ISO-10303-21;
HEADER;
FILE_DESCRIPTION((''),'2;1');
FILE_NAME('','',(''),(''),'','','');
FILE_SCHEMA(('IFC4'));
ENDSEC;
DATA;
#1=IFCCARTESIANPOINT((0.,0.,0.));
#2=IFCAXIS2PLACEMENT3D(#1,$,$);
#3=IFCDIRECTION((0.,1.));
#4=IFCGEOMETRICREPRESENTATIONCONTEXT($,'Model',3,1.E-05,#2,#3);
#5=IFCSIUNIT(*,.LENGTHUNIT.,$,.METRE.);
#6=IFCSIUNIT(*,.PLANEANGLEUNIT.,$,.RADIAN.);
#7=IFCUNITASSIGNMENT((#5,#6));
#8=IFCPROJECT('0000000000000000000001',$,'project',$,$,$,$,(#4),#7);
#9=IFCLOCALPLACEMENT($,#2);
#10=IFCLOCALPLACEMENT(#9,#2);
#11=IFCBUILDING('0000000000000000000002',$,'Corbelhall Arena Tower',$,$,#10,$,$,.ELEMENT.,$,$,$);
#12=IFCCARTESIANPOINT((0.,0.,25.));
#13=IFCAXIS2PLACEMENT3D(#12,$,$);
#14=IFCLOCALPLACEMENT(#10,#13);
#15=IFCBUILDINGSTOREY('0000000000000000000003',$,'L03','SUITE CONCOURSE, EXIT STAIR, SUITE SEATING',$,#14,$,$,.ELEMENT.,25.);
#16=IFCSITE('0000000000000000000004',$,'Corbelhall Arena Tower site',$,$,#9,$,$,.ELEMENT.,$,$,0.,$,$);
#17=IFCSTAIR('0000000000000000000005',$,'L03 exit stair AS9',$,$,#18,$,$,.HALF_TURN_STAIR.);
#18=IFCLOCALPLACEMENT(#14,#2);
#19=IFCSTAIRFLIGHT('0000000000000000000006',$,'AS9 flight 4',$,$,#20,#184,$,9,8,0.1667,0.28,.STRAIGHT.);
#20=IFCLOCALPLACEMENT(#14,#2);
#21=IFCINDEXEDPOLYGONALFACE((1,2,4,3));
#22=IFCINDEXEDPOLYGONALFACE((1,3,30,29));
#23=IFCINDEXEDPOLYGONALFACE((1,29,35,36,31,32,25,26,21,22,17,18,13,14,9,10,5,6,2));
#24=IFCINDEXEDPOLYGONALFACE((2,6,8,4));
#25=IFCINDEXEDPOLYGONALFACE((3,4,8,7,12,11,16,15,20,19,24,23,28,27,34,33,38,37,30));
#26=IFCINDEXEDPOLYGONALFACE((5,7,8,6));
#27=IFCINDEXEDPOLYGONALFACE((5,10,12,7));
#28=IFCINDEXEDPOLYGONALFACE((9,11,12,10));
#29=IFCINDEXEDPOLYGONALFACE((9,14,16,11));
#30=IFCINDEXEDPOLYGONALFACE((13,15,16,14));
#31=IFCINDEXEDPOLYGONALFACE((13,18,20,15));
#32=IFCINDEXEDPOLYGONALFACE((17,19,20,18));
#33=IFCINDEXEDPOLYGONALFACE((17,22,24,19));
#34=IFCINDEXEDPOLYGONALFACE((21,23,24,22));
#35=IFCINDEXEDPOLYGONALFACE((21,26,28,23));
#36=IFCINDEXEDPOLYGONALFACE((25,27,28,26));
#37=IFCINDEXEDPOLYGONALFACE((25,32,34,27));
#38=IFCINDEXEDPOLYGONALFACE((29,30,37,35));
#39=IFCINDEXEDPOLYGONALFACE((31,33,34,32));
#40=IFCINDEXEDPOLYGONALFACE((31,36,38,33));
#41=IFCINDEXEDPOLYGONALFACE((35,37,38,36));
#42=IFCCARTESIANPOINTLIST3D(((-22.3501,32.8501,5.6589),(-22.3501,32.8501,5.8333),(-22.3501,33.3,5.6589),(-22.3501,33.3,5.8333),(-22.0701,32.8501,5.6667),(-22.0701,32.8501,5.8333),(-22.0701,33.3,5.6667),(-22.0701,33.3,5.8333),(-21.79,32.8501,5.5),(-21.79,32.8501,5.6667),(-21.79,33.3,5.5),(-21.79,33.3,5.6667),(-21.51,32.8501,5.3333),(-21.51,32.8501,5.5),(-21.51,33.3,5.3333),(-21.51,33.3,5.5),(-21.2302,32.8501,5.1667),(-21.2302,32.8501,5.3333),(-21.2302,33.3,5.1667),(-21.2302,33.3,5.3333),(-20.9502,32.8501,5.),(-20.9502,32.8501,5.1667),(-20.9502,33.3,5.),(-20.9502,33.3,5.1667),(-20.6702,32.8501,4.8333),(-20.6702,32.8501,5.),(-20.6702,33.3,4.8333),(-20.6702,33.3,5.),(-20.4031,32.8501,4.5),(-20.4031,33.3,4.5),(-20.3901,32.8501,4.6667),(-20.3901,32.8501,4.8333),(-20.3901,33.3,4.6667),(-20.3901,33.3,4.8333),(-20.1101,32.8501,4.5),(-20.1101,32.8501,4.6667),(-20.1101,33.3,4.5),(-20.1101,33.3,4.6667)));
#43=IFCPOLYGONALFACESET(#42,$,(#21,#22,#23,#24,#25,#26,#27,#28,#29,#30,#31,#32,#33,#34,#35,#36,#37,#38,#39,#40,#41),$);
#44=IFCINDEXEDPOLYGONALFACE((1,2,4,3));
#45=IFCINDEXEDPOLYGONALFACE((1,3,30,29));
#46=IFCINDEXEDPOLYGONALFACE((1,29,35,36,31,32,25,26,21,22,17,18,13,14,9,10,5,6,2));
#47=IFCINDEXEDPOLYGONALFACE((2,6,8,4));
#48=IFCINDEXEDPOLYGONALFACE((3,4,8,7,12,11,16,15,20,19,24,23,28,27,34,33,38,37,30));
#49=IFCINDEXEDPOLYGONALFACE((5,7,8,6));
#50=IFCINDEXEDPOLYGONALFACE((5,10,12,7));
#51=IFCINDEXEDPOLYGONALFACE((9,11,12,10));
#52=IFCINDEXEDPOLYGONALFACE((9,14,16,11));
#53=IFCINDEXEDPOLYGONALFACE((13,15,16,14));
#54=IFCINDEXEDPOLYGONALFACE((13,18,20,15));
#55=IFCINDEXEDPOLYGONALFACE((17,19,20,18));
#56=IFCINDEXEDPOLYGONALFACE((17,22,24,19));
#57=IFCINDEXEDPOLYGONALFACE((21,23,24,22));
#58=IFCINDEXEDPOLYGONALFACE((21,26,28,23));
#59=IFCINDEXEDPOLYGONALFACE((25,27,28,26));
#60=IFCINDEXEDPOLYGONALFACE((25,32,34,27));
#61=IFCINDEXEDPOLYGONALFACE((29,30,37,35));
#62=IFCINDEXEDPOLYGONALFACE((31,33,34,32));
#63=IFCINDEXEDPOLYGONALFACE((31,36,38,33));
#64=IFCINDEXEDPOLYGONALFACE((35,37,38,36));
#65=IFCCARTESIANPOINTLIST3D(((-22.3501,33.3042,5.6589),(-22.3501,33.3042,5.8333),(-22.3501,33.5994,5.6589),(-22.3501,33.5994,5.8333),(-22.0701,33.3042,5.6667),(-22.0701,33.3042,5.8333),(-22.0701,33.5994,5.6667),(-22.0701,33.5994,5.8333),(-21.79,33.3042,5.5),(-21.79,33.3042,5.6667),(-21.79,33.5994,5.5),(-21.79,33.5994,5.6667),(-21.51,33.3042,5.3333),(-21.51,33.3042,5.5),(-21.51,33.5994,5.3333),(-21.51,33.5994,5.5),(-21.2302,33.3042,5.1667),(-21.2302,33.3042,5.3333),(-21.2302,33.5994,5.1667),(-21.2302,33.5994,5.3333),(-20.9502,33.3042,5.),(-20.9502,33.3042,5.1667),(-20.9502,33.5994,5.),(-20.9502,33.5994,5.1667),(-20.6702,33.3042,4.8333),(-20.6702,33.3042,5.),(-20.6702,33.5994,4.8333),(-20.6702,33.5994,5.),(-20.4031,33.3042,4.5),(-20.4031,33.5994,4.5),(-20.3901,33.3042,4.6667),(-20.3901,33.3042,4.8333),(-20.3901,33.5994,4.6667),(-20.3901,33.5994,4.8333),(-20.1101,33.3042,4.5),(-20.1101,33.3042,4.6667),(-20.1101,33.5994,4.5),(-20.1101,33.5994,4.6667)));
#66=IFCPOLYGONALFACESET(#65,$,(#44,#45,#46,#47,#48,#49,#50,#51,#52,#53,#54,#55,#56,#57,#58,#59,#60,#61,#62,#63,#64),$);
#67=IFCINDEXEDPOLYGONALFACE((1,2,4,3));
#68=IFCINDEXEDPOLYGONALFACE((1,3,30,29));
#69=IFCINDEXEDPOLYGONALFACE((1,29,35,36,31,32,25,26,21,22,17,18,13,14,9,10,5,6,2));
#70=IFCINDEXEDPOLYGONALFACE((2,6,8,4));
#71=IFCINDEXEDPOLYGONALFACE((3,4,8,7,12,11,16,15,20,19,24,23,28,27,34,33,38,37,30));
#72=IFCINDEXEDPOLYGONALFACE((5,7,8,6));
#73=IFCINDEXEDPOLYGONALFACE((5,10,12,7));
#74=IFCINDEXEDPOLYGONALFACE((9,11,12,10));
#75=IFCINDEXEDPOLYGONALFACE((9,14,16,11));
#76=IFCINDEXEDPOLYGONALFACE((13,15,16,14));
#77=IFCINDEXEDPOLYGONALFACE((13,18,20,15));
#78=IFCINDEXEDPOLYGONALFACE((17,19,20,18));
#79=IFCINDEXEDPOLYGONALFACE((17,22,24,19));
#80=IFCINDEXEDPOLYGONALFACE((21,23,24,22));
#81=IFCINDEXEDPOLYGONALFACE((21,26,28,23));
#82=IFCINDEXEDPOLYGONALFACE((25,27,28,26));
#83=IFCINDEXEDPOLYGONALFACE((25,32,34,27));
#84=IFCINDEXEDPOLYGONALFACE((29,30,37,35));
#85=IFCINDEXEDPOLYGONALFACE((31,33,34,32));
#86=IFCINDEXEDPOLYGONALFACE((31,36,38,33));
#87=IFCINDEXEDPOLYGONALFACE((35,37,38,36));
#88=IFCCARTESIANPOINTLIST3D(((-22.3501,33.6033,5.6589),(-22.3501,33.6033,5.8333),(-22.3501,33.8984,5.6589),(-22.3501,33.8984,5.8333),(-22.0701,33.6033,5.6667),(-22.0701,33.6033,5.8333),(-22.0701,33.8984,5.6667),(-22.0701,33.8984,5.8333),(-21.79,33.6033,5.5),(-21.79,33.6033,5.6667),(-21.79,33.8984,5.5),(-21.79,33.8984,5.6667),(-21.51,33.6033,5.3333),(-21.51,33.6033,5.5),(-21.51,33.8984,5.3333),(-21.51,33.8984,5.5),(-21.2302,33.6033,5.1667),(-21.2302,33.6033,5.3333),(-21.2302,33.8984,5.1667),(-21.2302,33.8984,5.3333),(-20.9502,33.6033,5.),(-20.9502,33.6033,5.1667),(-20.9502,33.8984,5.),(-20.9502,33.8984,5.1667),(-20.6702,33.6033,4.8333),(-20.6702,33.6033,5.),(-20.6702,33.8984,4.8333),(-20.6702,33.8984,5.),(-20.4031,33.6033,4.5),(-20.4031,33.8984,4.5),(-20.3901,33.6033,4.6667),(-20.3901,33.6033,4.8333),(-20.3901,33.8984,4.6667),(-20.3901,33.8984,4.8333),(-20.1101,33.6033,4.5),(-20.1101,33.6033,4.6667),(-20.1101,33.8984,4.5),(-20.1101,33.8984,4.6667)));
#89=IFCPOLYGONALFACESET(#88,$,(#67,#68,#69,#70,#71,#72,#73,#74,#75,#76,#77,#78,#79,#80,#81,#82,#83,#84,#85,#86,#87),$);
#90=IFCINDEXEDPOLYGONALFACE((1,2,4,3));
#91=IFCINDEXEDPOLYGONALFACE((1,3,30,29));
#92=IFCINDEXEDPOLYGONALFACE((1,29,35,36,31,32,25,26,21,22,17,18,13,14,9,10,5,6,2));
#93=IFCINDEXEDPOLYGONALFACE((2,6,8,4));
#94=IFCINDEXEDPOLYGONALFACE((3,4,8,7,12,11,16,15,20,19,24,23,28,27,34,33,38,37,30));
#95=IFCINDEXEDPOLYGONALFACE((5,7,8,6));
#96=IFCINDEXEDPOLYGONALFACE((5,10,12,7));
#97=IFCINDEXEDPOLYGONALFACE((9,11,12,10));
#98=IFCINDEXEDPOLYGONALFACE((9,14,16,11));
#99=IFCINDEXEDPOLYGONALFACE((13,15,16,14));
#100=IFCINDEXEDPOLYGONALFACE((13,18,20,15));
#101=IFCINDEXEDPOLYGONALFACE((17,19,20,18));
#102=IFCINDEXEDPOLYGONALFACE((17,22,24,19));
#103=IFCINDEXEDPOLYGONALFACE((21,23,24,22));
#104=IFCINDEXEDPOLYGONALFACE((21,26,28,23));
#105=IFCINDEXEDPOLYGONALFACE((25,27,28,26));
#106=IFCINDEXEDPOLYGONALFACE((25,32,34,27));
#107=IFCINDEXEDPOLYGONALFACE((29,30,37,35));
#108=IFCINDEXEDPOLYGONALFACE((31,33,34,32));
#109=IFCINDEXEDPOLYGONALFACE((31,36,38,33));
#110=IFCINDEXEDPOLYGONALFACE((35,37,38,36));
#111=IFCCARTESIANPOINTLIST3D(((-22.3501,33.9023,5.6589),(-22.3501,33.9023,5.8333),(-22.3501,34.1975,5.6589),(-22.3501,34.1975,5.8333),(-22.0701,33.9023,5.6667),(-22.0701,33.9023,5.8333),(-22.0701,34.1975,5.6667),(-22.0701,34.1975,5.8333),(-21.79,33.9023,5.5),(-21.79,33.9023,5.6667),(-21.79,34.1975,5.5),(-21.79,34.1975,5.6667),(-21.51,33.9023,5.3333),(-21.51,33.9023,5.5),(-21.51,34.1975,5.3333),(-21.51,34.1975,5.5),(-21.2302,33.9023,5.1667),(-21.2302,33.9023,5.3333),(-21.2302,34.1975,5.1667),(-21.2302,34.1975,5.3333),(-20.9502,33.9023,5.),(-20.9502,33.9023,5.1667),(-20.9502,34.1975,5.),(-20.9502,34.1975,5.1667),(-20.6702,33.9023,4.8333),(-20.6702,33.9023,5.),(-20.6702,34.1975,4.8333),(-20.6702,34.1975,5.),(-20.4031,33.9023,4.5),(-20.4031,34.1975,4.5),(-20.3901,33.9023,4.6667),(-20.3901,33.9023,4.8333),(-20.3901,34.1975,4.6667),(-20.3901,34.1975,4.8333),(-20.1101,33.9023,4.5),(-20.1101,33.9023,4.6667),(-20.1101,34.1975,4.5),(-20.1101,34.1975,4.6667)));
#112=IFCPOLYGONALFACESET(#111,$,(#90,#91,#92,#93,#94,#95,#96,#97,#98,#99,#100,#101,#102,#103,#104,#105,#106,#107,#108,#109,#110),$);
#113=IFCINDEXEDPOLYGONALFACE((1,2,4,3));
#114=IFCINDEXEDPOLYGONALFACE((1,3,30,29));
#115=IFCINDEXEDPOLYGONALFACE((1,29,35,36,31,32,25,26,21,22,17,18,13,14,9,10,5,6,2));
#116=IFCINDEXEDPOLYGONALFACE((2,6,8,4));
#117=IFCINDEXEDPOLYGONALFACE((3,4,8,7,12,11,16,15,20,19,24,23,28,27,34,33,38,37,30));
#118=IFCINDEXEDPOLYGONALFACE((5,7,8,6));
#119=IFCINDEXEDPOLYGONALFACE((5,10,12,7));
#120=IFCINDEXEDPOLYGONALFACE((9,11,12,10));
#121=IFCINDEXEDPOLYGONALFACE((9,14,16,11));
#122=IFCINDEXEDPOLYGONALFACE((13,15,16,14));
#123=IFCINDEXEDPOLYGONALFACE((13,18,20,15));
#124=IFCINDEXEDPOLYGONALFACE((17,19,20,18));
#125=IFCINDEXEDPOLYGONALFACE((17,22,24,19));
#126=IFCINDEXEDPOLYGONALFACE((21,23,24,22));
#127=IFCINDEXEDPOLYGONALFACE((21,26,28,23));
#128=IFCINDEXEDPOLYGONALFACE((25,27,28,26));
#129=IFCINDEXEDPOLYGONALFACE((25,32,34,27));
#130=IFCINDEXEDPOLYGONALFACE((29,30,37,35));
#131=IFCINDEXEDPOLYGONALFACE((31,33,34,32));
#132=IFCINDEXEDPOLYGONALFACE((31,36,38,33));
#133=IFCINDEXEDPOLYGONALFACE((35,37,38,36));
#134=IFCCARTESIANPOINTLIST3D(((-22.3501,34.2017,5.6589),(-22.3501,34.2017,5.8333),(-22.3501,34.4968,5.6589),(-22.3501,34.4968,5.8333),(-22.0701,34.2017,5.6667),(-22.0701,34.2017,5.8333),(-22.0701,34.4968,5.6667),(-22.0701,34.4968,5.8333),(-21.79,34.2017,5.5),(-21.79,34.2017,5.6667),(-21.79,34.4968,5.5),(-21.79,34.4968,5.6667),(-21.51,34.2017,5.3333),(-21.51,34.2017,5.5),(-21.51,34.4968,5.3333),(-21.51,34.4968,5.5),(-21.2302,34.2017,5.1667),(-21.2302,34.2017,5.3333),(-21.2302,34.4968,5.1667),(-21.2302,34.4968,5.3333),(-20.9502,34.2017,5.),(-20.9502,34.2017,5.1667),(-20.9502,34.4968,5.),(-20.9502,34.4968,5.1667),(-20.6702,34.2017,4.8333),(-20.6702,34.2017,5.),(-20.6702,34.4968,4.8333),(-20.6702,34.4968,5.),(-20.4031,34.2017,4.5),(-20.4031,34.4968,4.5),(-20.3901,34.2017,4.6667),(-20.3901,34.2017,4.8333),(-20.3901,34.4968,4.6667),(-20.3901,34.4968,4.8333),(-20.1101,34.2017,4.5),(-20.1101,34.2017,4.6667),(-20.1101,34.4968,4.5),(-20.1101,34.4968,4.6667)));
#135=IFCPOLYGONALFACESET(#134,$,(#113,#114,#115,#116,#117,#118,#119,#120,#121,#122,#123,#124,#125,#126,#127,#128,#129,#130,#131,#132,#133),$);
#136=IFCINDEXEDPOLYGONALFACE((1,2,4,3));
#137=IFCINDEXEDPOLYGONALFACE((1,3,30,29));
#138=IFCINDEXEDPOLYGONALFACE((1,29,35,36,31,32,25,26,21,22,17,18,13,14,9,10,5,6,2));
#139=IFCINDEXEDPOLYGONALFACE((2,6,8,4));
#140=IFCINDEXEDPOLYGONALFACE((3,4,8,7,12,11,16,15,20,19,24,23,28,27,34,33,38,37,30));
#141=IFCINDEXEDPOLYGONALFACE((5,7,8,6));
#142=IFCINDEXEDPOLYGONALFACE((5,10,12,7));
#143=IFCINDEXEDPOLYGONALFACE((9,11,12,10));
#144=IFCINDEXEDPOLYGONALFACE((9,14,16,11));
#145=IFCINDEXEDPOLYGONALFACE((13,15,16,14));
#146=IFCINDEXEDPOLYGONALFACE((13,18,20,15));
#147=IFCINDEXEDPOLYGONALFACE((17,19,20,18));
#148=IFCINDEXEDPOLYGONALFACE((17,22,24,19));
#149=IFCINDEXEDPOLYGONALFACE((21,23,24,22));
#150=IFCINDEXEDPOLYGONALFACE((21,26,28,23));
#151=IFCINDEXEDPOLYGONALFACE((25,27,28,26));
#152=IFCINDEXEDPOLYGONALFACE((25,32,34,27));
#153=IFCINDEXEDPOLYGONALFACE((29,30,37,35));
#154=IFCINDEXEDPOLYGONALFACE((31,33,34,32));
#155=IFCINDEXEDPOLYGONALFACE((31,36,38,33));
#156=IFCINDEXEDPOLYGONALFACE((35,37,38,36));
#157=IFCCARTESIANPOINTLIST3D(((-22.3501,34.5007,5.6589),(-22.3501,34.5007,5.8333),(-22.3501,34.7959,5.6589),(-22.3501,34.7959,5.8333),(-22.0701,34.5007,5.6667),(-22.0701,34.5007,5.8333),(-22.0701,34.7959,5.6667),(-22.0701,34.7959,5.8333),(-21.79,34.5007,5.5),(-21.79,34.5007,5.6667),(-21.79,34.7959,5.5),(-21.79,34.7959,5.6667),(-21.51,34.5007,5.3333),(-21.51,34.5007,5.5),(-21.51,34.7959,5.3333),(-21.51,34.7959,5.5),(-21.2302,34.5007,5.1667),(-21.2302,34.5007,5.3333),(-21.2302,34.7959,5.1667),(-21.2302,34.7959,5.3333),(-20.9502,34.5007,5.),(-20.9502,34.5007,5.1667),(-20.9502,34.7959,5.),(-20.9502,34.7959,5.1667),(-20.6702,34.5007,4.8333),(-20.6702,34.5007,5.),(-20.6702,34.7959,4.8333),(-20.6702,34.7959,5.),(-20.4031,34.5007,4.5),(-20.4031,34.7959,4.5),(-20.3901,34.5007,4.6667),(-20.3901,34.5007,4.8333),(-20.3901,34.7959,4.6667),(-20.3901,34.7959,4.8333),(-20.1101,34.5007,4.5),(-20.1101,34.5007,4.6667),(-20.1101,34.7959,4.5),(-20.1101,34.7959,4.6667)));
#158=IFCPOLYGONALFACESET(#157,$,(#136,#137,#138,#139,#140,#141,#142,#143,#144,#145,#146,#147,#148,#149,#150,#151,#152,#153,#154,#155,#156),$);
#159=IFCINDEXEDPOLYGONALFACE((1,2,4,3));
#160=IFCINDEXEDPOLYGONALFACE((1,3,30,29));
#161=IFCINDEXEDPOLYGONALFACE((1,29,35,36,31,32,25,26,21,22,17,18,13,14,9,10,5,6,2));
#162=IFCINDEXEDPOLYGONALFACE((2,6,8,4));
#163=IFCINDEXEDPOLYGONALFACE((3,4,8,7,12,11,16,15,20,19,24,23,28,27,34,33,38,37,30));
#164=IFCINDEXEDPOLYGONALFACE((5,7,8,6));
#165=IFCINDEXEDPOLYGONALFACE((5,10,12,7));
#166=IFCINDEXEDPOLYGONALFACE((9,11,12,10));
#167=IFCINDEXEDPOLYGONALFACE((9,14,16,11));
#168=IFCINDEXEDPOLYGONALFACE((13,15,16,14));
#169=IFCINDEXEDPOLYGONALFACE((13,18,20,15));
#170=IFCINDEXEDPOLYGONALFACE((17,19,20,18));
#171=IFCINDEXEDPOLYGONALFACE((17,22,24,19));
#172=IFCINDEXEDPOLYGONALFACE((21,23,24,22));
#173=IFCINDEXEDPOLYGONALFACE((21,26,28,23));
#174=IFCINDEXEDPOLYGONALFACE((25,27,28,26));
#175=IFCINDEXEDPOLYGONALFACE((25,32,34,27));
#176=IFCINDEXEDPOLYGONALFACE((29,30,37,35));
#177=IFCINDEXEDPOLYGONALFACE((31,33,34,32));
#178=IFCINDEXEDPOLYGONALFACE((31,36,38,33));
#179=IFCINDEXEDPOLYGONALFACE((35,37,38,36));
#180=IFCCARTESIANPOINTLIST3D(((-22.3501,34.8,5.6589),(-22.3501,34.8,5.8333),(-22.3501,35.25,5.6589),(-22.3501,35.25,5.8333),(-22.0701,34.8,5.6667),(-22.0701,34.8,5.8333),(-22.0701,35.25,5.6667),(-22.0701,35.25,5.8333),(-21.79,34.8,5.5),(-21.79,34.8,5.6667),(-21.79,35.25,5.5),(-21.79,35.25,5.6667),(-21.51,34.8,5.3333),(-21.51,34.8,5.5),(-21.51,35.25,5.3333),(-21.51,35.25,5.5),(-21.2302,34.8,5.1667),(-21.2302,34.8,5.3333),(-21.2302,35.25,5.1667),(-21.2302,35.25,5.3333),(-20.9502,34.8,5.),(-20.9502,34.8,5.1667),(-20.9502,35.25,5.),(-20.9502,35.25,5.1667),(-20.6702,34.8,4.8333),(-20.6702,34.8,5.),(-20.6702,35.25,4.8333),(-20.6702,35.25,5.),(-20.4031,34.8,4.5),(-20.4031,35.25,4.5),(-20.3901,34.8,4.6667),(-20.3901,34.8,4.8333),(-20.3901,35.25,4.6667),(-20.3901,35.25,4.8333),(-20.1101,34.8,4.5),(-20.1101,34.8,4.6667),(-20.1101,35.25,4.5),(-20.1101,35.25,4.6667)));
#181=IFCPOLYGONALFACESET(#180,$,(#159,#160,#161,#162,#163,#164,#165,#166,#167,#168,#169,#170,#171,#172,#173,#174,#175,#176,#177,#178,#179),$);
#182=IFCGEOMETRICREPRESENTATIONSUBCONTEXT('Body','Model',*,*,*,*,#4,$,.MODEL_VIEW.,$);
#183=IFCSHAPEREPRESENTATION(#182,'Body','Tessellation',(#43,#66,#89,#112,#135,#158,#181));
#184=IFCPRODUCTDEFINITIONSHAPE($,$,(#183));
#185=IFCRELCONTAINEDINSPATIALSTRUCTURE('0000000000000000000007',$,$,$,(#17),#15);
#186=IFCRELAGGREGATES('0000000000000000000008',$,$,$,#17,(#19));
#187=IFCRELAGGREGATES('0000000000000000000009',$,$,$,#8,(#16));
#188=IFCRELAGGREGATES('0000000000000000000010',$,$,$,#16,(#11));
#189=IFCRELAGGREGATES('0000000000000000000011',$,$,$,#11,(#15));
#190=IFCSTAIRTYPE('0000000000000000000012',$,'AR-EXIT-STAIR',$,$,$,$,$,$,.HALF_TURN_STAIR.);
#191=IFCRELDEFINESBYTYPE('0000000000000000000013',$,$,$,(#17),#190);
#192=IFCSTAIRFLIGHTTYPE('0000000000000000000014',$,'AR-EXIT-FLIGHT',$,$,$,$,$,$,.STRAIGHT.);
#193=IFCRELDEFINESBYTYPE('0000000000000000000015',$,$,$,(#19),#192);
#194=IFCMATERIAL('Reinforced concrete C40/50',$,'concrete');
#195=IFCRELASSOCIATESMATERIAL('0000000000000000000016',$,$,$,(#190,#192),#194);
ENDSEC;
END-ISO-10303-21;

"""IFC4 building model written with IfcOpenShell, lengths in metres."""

from ifc_helpers import new_model, si_unit, direction, frame, origin, place, context, subcontext, project, spatial, polyline, outline, extrude, material, type_object, element, aggregate, save


model = new_model("IFC4")

# Units and contexts
model_context = context("Model", 3, precision=1e-05, world=origin(), true_north=direction((0.0, 1.0)))
body_context = subcontext(model_context, "Body", "Model", "MODEL_VIEW")
ifc_project = project(units=[si_unit("LENGTHUNIT", "METRE"), si_unit("PLANEANGLEUNIT", "RADIAN")], contexts=[model_context])

# Site, building, storey
site_placement = place(None, origin())
site = spatial("IfcSite", under=ifc_project, at=site_placement, Name="Corbelhall Arena Tower site", CompositionType="ELEMENT", RefElevation=0.0)
building_placement = place(site_placement, origin())
building = spatial("IfcBuilding", under=site, at=building_placement, Name="Corbelhall Arena Tower", CompositionType="ELEMENT")
storey_placement = place(building_placement, frame((0.0, 0.0, 25.0)))
storey = spatial("IfcBuildingStorey", under=building, at=storey_placement, Name="L03", Description="SUITE CONCOURSE, EXIT STAIR, SUITE SEATING", CompositionType="ELEMENT", Elevation=25.0)

# Shared definitions
ifc_material_1 = material(Name="Reinforced concrete C40/50", Category="concrete")

# Stair, stair flight
stair_type = type_object("IfcStairType", Name="AR-EXIT-STAIR", PredefinedType="HALF_TURN_STAIR", material=ifc_material_1)
stair_placement = place(storey_placement, origin())
stair = element("IfcStair", 1, at=stair_placement, inside=storey, type_object=stair_type, Name="L03 exit stair AS9", PredefinedType="HALF_TURN_STAIR")
stair_flight_type = type_object("IfcStairFlightType", Name="AR-EXIT-FLIGHT", PredefinedType="STRAIGHT", material=ifc_material_1)
stair_flight_1_placement = place(storey_placement, frame((-20.1101, 34.05, 4.5), z_axis=(0.0, 0.0, 1.0), x_axis=(-1.0, 0.0, 0.0)))
stair_flight_1 = element("IfcStairFlight", 2, at=stair_flight_1_placement, type_object=stair_flight_type, Name="AS9 flight 4", NumberOfRisers=9, NumberOfTreads=8, PredefinedType="STRAIGHT", RiserHeight=0.1667, TreadLength=0.28, context=body_context, shape_type="SweptSolid", body=[
    extrude(outline(polyline([(0.0, 0.0), (0.0, 0.1667), (0.28, 0.1667), (0.28, 0.3333), (0.5601, 0.3333), (0.5601, 0.5), (0.8401, 0.5), (0.8401, 0.6667), (1.1201, 0.6667), (1.1201, 0.8333), (1.3999, 0.8333), (1.3999, 1.0), (1.6799, 1.0), (1.6799, 1.1667), (1.96, 1.1667), (1.96, 1.3333), (2.24, 1.3333), (2.24, 1.5), (2.24, 1.1589), (0.293, 0.0), (0.0, 0.0)])), frame((0.0, 1.2, 0.0), z_axis=(0.0, -1.0, 0.0), x_axis=(1.0, 0.0, 0.0)), (0.0, 0.0, 1.0), 0.45),
    extrude(outline(polyline([(0.0, 0.0), (0.0, 0.1667), (0.28, 0.1667), (0.28, 0.3333), (0.5601, 0.3333), (0.5601, 0.5), (0.8401, 0.5), (0.8401, 0.6667), (1.1201, 0.6667), (1.1201, 0.8333), (1.3999, 0.8333), (1.3999, 1.0), (1.6799, 1.0), (1.6799, 1.1667), (1.96, 1.1667), (1.96, 1.3333), (2.24, 1.3333), (2.24, 1.5), (2.24, 1.1589), (0.293, 0.0), (0.0, 0.0)])), frame((0.0, 0.7458, 0.0), z_axis=(0.0, -1.0, 0.0), x_axis=(1.0, 0.0, 0.0)), (0.0, 0.0, 1.0), 0.2952),
    extrude(outline(polyline([(0.0, 0.0), (0.0, 0.1667), (0.28, 0.1667), (0.28, 0.3333), (0.5601, 0.3333), (0.5601, 0.5), (0.8401, 0.5), (0.8401, 0.6667), (1.1201, 0.6667), (1.1201, 0.8333), (1.3999, 0.8333), (1.3999, 1.0), (1.6799, 1.0), (1.6799, 1.1667), (1.96, 1.1667), (1.96, 1.3333), (2.24, 1.3333), (2.24, 1.5), (2.24, 1.1589), (0.293, 0.0), (0.0, 0.0)])), frame((0.0, 0.4468, 0.0), z_axis=(0.0, -1.0, 0.0), x_axis=(1.0, 0.0, 0.0)), (0.0, 0.0, 1.0), 0.2952),
    extrude(outline(polyline([(0.0, 0.0), (0.0, 0.1667), (0.28, 0.1667), (0.28, 0.3333), (0.5601, 0.3333), (0.5601, 0.5), (0.8401, 0.5), (0.8401, 0.6667), (1.1201, 0.6667), (1.1201, 0.8333), (1.3999, 0.8333), (1.3999, 1.0), (1.6799, 1.0), (1.6799, 1.1667), (1.96, 1.1667), (1.96, 1.3333), (2.24, 1.3333), (2.24, 1.5), (2.24, 1.1589), (0.293, 0.0), (0.0, 0.0)])), frame((0.0, 0.1477, 0.0), z_axis=(0.0, -1.0, 0.0), x_axis=(1.0, 0.0, 0.0)), (0.0, 0.0, 1.0), 0.2952),
    extrude(outline(polyline([(0.0, 0.0), (0.0, 0.1667), (0.28, 0.1667), (0.28, 0.3333), (0.5601, 0.3333), (0.5601, 0.5), (0.8401, 0.5), (0.8401, 0.6667), (1.1201, 0.6667), (1.1201, 0.8333), (1.3999, 0.8333), (1.3999, 1.0), (1.6799, 1.0), (1.6799, 1.1667), (1.96, 1.1667), (1.96, 1.3333), (2.24, 1.3333), (2.24, 1.5), (2.24, 1.1589), (0.293, 0.0), (0.0, 0.0)])), frame((0.0, -0.1516, 0.0), z_axis=(0.0, -1.0, 0.0), x_axis=(1.0, 0.0, 0.0)), (0.0, 0.0, 1.0), 0.2952),
    extrude(outline(polyline([(0.0, 0.0), (0.0, 0.1667), (0.28, 0.1667), (0.28, 0.3333), (0.5601, 0.3333), (0.5601, 0.5), (0.8401, 0.5), (0.8401, 0.6667), (1.1201, 0.6667), (1.1201, 0.8333), (1.3999, 0.8333), (1.3999, 1.0), (1.6799, 1.0), (1.6799, 1.1667), (1.96, 1.1667), (1.96, 1.3333), (2.24, 1.3333), (2.24, 1.5), (2.24, 1.1589), (0.293, 0.0), (0.0, 0.0)])), frame((0.0, -0.4507, 0.0), z_axis=(0.0, -1.0, 0.0), x_axis=(1.0, 0.0, 0.0)), (0.0, 0.0, 1.0), 0.2952),
    extrude(outline(polyline([(0.0, 0.0), (0.0, 0.1667), (0.28, 0.1667), (0.28, 0.3333), (0.5601, 0.3333), (0.5601, 0.5), (0.8401, 0.5), (0.8401, 0.6667), (1.1201, 0.6667), (1.1201, 0.8333), (1.3999, 0.8333), (1.3999, 1.0), (1.6799, 1.0), (1.6799, 1.1667), (1.96, 1.1667), (1.96, 1.3333), (2.24, 1.3333), (2.24, 1.5), (2.24, 1.1589), (0.293, 0.0), (0.0, 0.0)])), frame((0.0, -0.75, 0.0), z_axis=(0.0, -1.0, 0.0), x_axis=(1.0, 0.0, 0.0)), (0.0, 0.0, 1.0), 0.45),
])
aggregate(stair, [stair_flight_1])

save(model, "model.ifc")
